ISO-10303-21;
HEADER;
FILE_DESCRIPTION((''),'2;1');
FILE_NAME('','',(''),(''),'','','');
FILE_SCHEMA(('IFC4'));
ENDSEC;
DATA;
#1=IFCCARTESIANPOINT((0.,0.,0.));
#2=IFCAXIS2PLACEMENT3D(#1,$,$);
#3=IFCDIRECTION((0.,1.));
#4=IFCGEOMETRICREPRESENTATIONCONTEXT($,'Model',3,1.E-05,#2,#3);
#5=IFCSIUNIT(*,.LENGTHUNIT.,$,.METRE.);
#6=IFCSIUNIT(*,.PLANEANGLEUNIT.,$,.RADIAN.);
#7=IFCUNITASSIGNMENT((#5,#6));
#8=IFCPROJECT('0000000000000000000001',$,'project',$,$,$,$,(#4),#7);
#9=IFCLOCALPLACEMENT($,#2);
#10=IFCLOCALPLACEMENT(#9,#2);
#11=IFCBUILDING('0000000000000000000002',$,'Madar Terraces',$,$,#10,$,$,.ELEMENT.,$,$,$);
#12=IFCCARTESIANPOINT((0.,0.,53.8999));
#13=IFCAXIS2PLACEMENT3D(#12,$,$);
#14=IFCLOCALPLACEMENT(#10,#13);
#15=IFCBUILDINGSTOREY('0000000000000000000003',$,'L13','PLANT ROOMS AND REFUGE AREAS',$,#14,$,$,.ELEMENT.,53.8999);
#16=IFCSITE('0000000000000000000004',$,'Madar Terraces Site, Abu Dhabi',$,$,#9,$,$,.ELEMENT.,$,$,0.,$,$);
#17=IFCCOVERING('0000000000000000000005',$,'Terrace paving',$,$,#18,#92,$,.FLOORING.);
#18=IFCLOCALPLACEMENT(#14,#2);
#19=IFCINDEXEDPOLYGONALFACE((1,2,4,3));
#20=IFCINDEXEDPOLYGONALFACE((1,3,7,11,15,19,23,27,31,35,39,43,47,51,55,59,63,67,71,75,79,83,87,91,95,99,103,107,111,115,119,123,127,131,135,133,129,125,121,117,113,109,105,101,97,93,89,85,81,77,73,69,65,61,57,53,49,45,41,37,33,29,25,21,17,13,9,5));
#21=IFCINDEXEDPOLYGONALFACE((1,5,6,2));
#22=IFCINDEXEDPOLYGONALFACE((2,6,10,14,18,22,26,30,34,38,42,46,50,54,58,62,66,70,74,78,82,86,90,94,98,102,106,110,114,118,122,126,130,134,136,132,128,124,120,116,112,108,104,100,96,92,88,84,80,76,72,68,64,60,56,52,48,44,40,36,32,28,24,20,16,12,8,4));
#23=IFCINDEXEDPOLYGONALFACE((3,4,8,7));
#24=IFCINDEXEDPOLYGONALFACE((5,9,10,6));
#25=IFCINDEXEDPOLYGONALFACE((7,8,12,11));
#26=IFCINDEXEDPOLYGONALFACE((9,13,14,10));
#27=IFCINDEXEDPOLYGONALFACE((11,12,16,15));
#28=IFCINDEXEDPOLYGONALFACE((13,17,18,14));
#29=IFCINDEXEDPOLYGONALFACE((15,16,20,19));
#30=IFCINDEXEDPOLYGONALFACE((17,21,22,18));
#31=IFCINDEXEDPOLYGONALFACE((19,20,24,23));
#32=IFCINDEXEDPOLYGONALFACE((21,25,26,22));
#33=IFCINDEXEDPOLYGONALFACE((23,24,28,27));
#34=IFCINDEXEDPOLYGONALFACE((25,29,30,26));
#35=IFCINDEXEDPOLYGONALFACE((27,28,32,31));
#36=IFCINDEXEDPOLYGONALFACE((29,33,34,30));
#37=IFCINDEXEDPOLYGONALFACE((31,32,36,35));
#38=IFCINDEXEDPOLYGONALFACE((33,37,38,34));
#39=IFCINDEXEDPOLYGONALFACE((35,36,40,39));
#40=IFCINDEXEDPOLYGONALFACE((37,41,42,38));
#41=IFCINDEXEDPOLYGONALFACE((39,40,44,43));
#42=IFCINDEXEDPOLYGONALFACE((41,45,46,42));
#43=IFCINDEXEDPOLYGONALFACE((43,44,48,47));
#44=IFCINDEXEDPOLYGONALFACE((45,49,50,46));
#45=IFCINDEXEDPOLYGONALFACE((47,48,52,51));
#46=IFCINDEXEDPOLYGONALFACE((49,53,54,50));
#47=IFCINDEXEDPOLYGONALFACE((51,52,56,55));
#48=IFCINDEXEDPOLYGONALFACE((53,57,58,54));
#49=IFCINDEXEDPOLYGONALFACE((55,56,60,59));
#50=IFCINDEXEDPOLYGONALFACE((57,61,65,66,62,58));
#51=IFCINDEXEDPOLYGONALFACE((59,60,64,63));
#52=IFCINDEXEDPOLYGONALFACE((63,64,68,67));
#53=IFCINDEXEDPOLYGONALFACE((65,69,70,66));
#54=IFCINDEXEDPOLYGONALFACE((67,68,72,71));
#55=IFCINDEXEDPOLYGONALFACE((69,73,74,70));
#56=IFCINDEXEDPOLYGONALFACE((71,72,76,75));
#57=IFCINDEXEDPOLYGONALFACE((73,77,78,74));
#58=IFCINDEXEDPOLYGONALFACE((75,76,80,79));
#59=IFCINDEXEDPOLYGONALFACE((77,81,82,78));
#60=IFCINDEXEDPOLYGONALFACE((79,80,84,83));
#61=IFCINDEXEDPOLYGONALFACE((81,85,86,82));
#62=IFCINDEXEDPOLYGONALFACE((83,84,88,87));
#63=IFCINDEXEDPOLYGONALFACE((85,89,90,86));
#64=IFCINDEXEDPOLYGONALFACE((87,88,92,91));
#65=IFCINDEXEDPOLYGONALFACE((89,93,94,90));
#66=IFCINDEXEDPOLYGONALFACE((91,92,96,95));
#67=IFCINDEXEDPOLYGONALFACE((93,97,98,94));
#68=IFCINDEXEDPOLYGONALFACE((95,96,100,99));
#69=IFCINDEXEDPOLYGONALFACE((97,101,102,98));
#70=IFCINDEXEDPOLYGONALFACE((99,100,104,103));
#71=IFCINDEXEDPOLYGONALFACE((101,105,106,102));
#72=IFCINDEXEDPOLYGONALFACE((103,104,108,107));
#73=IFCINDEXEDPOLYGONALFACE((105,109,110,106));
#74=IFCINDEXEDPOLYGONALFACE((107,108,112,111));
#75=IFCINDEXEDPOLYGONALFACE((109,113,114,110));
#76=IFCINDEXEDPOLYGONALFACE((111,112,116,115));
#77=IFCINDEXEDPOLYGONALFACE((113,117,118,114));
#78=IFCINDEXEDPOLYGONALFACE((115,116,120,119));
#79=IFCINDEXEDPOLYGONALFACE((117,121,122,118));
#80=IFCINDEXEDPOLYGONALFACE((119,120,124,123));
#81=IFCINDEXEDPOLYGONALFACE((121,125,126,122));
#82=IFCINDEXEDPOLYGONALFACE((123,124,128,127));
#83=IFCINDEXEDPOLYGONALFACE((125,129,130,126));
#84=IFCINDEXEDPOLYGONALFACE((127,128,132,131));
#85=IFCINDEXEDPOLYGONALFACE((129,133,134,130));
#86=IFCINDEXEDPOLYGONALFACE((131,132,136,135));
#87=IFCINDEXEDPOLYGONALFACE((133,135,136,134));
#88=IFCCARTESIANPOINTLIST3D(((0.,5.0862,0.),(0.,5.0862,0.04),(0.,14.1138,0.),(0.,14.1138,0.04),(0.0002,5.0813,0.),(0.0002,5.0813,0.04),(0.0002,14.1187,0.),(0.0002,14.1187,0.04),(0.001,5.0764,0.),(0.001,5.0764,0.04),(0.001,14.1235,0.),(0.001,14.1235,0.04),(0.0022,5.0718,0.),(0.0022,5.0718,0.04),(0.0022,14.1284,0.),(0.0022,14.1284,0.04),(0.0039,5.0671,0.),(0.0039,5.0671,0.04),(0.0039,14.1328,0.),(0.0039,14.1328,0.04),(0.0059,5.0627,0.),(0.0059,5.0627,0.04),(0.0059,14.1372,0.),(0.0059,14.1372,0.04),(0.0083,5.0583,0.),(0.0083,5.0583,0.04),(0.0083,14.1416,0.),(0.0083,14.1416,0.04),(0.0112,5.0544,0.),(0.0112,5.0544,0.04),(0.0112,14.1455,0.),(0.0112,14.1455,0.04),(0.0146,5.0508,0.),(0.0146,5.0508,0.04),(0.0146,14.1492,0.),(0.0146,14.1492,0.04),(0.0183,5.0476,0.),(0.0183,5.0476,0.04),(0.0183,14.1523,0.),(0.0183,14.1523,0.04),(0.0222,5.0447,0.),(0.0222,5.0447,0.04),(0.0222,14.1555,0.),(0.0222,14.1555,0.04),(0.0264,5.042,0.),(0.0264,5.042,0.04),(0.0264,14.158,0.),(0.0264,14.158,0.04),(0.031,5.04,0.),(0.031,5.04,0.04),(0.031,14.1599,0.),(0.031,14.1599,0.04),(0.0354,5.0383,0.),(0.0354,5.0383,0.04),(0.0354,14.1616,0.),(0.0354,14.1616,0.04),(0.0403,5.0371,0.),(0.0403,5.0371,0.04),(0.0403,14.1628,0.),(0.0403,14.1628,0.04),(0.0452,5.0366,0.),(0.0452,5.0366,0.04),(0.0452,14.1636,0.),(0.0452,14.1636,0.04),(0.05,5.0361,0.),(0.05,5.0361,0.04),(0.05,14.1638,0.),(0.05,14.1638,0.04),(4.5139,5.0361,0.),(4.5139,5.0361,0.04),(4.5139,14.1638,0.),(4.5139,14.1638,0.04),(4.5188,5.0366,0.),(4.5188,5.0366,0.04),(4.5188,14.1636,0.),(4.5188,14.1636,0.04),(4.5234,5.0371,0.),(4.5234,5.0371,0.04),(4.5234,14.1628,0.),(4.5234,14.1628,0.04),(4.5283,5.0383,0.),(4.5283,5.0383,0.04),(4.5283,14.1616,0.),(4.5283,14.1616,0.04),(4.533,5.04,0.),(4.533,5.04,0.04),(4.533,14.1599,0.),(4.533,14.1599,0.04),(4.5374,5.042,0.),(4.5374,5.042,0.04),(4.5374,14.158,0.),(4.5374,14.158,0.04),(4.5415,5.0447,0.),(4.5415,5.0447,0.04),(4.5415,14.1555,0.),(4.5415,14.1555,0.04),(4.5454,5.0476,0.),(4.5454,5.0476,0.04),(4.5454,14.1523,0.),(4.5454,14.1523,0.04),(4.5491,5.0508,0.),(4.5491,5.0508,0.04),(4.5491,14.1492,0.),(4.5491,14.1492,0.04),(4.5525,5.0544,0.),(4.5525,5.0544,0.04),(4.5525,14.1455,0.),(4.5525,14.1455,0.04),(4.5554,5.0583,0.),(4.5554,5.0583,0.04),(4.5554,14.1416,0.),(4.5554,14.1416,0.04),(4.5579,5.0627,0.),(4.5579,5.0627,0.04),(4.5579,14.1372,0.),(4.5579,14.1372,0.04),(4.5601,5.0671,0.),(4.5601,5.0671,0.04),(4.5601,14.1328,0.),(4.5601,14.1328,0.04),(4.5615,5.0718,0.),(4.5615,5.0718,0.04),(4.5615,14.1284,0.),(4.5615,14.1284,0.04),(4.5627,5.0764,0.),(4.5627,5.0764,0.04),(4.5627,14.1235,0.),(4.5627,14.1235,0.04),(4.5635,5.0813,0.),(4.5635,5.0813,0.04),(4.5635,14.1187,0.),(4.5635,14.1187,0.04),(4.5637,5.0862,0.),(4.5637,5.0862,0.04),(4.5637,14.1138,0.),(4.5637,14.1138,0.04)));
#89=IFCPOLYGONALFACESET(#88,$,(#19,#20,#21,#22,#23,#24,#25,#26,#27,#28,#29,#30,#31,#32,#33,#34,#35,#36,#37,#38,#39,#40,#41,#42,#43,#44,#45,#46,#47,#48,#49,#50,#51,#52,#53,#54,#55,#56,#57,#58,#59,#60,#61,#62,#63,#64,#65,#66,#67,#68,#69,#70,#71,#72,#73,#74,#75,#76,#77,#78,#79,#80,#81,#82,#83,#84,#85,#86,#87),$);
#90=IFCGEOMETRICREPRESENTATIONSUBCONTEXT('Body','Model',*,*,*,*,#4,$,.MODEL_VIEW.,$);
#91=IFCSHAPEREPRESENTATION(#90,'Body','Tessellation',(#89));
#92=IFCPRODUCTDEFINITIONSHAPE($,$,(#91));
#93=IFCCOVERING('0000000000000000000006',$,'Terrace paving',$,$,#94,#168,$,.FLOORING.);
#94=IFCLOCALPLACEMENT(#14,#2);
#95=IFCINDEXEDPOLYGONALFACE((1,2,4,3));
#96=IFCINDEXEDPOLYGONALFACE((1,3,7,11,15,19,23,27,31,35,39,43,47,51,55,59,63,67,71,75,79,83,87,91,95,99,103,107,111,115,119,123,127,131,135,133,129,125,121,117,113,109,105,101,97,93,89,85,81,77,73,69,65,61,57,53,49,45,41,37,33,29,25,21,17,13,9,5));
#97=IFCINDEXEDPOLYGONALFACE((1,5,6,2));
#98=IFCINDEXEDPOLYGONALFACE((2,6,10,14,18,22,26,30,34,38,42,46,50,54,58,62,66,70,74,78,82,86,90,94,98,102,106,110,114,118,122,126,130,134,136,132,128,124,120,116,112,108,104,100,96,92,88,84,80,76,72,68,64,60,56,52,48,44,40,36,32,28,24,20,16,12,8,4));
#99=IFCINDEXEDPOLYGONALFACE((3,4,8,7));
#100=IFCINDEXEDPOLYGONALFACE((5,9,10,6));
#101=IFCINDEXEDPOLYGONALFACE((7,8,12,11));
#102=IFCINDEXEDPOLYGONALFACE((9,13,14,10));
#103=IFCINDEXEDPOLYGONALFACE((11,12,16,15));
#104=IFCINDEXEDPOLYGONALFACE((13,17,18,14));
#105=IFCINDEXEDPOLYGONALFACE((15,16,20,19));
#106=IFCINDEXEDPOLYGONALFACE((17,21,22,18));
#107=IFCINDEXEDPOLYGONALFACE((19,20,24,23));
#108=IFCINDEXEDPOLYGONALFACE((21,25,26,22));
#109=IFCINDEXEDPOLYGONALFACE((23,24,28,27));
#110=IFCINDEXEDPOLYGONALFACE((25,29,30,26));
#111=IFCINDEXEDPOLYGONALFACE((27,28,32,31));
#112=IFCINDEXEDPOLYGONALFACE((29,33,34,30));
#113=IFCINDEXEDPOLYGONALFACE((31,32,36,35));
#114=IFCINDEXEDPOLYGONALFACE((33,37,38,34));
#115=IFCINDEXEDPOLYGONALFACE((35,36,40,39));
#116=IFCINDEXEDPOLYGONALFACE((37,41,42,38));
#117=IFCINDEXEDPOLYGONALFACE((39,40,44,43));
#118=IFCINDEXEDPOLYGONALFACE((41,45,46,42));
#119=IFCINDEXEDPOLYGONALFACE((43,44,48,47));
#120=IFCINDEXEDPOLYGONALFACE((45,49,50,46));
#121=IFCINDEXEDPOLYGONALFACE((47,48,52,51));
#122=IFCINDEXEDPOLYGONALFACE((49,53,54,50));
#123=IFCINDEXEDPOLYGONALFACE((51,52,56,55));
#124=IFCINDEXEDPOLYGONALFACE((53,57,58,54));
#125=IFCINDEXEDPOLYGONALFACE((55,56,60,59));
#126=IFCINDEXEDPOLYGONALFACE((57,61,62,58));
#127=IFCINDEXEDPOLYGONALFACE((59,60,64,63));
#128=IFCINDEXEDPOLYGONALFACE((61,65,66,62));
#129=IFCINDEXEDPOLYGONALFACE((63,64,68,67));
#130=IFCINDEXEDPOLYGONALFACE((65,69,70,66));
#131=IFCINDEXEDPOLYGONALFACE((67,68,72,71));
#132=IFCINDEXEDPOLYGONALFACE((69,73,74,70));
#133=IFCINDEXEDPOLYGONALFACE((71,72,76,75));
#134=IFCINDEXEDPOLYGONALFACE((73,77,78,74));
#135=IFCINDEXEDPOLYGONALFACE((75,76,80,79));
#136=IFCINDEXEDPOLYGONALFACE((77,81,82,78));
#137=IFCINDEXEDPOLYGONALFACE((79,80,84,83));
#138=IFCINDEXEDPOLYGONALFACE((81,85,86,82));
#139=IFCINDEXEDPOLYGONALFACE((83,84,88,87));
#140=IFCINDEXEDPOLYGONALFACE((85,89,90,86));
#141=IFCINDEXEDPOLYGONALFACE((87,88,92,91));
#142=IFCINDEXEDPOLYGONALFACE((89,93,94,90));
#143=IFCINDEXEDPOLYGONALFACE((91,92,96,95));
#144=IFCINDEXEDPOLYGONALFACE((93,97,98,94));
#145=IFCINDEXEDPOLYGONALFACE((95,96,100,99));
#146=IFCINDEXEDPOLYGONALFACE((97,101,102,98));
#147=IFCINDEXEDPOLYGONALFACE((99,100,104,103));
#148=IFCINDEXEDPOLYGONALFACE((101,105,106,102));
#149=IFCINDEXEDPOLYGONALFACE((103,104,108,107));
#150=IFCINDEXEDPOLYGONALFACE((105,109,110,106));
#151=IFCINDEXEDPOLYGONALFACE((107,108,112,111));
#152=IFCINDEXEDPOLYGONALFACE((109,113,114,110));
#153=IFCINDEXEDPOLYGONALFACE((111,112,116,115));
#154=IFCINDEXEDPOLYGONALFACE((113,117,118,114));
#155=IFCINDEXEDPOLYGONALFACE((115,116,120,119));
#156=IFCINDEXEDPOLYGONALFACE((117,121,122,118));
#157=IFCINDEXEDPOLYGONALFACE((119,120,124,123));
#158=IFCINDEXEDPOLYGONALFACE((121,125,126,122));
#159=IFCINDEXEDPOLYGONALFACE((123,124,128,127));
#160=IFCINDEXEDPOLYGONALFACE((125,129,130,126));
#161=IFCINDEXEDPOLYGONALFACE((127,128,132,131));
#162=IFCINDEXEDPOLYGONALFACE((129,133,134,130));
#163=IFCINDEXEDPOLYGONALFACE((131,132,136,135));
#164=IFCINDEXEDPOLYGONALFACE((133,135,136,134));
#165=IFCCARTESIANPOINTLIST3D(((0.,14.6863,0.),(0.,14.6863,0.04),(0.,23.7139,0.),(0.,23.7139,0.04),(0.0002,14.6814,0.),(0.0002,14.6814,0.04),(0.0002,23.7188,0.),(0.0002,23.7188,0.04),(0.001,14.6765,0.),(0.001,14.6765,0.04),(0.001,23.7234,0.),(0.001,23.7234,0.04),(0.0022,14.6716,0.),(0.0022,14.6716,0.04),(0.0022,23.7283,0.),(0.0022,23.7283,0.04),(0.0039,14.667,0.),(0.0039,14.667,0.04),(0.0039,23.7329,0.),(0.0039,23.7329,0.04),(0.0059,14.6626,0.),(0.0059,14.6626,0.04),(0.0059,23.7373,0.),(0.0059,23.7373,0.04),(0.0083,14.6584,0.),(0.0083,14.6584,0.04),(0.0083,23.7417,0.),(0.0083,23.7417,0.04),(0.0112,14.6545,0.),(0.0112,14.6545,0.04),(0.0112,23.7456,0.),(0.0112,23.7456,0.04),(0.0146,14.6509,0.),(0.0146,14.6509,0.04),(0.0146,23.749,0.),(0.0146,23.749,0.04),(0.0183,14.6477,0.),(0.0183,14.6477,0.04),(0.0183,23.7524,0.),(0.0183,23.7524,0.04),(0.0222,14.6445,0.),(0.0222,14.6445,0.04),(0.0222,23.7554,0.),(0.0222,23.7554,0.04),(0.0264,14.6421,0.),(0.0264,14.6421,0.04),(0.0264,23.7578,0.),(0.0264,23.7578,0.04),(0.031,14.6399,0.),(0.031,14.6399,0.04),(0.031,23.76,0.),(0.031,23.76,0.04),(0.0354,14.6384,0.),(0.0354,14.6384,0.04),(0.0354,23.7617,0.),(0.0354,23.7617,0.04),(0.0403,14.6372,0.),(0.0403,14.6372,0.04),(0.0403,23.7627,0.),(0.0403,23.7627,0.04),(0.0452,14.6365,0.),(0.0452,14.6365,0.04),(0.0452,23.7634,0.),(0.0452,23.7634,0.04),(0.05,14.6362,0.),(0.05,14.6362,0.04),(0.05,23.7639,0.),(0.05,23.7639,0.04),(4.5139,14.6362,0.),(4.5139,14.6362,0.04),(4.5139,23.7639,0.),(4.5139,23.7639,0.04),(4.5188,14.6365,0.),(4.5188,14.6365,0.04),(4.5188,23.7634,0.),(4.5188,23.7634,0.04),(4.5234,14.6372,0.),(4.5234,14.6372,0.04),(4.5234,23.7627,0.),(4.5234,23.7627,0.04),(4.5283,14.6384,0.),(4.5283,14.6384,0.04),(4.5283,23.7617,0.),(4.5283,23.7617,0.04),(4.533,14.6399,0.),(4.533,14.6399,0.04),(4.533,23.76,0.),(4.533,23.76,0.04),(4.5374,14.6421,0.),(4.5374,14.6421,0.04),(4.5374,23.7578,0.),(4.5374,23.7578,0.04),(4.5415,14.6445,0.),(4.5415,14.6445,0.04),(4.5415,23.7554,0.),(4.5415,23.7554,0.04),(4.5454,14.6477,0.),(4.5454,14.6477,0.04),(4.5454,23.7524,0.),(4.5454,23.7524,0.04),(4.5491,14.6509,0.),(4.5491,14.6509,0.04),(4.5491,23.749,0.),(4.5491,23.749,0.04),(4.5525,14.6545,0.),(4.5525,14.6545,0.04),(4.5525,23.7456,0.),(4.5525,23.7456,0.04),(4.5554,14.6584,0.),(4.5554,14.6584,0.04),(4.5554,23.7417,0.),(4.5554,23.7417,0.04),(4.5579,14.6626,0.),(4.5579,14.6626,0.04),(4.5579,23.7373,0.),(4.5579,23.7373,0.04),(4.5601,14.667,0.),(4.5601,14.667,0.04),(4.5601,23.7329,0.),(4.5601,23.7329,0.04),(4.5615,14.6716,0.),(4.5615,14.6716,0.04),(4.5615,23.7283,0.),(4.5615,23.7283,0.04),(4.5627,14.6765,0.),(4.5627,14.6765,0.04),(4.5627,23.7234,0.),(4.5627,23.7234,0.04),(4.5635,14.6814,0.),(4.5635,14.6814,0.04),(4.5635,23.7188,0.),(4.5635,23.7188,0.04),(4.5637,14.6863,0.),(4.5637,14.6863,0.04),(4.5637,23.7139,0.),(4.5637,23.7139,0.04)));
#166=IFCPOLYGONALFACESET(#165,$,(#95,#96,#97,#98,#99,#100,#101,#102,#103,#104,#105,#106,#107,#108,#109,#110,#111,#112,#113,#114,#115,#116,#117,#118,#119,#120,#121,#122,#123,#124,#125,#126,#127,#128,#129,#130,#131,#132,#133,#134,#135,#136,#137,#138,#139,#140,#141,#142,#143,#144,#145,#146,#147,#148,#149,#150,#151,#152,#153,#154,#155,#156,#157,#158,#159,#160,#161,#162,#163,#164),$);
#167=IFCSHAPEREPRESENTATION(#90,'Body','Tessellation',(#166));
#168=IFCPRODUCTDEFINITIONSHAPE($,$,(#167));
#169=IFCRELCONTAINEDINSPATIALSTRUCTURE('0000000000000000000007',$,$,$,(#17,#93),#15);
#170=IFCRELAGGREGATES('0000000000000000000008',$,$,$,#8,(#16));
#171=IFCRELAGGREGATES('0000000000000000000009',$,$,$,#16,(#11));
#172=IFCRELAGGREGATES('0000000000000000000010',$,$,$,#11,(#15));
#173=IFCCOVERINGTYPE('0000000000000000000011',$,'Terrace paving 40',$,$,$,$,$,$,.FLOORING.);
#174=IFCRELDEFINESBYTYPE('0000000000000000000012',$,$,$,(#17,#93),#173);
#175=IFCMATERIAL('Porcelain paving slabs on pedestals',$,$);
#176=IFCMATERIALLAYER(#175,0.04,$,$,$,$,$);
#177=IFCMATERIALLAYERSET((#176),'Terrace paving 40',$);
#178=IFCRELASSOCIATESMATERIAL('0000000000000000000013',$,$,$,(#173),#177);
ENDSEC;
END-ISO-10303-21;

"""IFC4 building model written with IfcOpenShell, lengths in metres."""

from ifc_helpers import new_model, si_unit, direction, frame, origin, place, context, subcontext, project, spatial, polyline, outline, extrude, material, layer, layer_set, type_object, element, save


model = new_model("IFC4")

# Units and contexts
model_context = context("Model", 3, precision=1e-05, world=origin(), true_north=direction((0.0, 1.0)))
body_context = subcontext(model_context, "Body", "Model", "MODEL_VIEW")
ifc_project = project(units=[si_unit("LENGTHUNIT", "METRE"), si_unit("PLANEANGLEUNIT", "RADIAN")], contexts=[model_context])

# Site, building, storey
site_placement = place(None, origin())
site = spatial("IfcSite", under=ifc_project, at=site_placement, Name="Madar Terraces Site, Abu Dhabi", CompositionType="ELEMENT", RefElevation=0.0)
building_placement = place(site_placement, origin())
building = spatial("IfcBuilding", under=site, at=building_placement, Name="Madar Terraces", CompositionType="ELEMENT")
storey_placement = place(building_placement, frame((0.0, 0.0, 53.8999)))
storey = spatial("IfcBuildingStorey", under=building, at=storey_placement, Name="L13", Description="PLANT ROOMS AND REFUGE AREAS", CompositionType="ELEMENT", Elevation=53.8999)

# Coverings
ifc_material_1 = material(Name="Porcelain paving slabs on pedestals")
ifc_layer_1 = layer(ifc_material_1, 0.04)
ifc_layer_set_1 = layer_set([ifc_layer_1], Name="Terrace paving 40")
covering_type = type_object("IfcCoveringType", Name="Terrace paving 40", PredefinedType="FLOORING", material=ifc_layer_set_1)
covering_1_placement = place(storey_placement, origin())
element("IfcCovering", 1, at=covering_1_placement, inside=storey, type_object=covering_type, Name="Terrace paving", PredefinedType="FLOORING", context=body_context, shape_type="SweptSolid", body=[
    extrude(outline(polyline([(0.0022, 14.1284), (0.0039, 14.1328), (0.0059, 14.1372), (0.0083, 14.1416), (0.0112, 14.1455), (0.0146, 14.1492), (0.0183, 14.1523), (0.0222, 14.1555), (0.0264, 14.158), (0.031, 14.1599), (0.0354, 14.1616), (0.0403, 14.1628), (0.0452, 14.1636), (0.05, 14.1638), (4.5139, 14.1638), (4.5188, 14.1636), (4.5234, 14.1628), (4.5283, 14.1616), (4.533, 14.1599), (4.5374, 14.158), (4.5415, 14.1555), (4.5454, 14.1523), (4.5491, 14.1492), (4.5525, 14.1455), (4.5554, 14.1416), (4.5579, 14.1372), (4.5601, 14.1328), (4.5615, 14.1284), (4.5627, 14.1235), (4.5635, 14.1187), (4.5637, 14.1138), (4.5637, 5.0862), (4.5635, 5.0813), (4.5627, 5.0764), (4.5615, 5.0718), (4.5601, 5.0671), (4.5579, 5.0627), (4.5554, 5.0583), (4.5525, 5.0544), (4.5491, 5.0508), (4.5454, 5.0476), (4.5415, 5.0447), (4.5374, 5.042), (4.533, 5.04), (4.5283, 5.0383), (4.5234, 5.0371), (4.5188, 5.0366), (4.5139, 5.0361), (0.05, 5.0361), (0.0452, 5.0366), (0.0403, 5.0371), (0.0354, 5.0383), (0.031, 5.04), (0.0264, 5.042), (0.0222, 5.0447), (0.0183, 5.0476), (0.0146, 5.0508), (0.0112, 5.0544), (0.0083, 5.0583), (0.0059, 5.0627), (0.0039, 5.0671), (0.0022, 5.0718), (0.001, 5.0764), (0.0002, 5.0813), (0.0, 5.0862), (0.0, 14.1138), (0.0002, 14.1187), (0.001, 14.1235), (0.0022, 14.1284)])), origin(), (0.0, 0.0, 1.0), 0.04),
])
covering_2_placement = place(storey_placement, origin())
element("IfcCovering", 2, at=covering_2_placement, inside=storey, type_object=covering_type, Name="Terrace paving", PredefinedType="FLOORING", context=body_context, shape_type="SweptSolid", body=[
    extrude(outline(polyline([(0.0022, 23.7283), (0.0039, 23.7329), (0.0059, 23.7373), (0.0083, 23.7417), (0.0112, 23.7456), (0.0146, 23.749), (0.0183, 23.7524), (0.0222, 23.7554), (0.0264, 23.7578), (0.031, 23.76), (0.0354, 23.7617), (0.0403, 23.7627), (0.0452, 23.7634), (0.05, 23.7639), (4.5139, 23.7639), (4.5188, 23.7634), (4.5234, 23.7627), (4.5283, 23.7617), (4.533, 23.76), (4.5374, 23.7578), (4.5415, 23.7554), (4.5454, 23.7524), (4.5491, 23.749), (4.5525, 23.7456), (4.5554, 23.7417), (4.5579, 23.7373), (4.5601, 23.7329), (4.5615, 23.7283), (4.5627, 23.7234), (4.5635, 23.7188), (4.5637, 23.7139), (4.5637, 14.6863), (4.5635, 14.6814), (4.5627, 14.6765), (4.5615, 14.6716), (4.5601, 14.667), (4.5579, 14.6626), (4.5554, 14.6584), (4.5525, 14.6545), (4.5491, 14.6509), (4.5454, 14.6477), (4.5415, 14.6445), (4.5374, 14.6421), (4.533, 14.6399), (4.5283, 14.6384), (4.5234, 14.6372), (4.5188, 14.6365), (4.5139, 14.6362), (0.05, 14.6362), (0.0452, 14.6365), (0.0403, 14.6372), (0.0354, 14.6384), (0.031, 14.6399), (0.0264, 14.6421), (0.0222, 14.6445), (0.0183, 14.6477), (0.0146, 14.6509), (0.0112, 14.6545), (0.0083, 14.6584), (0.0059, 14.6626), (0.0039, 14.667), (0.0022, 14.6716), (0.001, 14.6765), (0.0002, 14.6814), (0.0, 14.6863), (0.0, 23.7139), (0.0002, 23.7188), (0.001, 23.7234), (0.0022, 23.7283)])), origin(), (0.0, 0.0, 1.0), 0.04),
])

save(model, "model.ifc")
